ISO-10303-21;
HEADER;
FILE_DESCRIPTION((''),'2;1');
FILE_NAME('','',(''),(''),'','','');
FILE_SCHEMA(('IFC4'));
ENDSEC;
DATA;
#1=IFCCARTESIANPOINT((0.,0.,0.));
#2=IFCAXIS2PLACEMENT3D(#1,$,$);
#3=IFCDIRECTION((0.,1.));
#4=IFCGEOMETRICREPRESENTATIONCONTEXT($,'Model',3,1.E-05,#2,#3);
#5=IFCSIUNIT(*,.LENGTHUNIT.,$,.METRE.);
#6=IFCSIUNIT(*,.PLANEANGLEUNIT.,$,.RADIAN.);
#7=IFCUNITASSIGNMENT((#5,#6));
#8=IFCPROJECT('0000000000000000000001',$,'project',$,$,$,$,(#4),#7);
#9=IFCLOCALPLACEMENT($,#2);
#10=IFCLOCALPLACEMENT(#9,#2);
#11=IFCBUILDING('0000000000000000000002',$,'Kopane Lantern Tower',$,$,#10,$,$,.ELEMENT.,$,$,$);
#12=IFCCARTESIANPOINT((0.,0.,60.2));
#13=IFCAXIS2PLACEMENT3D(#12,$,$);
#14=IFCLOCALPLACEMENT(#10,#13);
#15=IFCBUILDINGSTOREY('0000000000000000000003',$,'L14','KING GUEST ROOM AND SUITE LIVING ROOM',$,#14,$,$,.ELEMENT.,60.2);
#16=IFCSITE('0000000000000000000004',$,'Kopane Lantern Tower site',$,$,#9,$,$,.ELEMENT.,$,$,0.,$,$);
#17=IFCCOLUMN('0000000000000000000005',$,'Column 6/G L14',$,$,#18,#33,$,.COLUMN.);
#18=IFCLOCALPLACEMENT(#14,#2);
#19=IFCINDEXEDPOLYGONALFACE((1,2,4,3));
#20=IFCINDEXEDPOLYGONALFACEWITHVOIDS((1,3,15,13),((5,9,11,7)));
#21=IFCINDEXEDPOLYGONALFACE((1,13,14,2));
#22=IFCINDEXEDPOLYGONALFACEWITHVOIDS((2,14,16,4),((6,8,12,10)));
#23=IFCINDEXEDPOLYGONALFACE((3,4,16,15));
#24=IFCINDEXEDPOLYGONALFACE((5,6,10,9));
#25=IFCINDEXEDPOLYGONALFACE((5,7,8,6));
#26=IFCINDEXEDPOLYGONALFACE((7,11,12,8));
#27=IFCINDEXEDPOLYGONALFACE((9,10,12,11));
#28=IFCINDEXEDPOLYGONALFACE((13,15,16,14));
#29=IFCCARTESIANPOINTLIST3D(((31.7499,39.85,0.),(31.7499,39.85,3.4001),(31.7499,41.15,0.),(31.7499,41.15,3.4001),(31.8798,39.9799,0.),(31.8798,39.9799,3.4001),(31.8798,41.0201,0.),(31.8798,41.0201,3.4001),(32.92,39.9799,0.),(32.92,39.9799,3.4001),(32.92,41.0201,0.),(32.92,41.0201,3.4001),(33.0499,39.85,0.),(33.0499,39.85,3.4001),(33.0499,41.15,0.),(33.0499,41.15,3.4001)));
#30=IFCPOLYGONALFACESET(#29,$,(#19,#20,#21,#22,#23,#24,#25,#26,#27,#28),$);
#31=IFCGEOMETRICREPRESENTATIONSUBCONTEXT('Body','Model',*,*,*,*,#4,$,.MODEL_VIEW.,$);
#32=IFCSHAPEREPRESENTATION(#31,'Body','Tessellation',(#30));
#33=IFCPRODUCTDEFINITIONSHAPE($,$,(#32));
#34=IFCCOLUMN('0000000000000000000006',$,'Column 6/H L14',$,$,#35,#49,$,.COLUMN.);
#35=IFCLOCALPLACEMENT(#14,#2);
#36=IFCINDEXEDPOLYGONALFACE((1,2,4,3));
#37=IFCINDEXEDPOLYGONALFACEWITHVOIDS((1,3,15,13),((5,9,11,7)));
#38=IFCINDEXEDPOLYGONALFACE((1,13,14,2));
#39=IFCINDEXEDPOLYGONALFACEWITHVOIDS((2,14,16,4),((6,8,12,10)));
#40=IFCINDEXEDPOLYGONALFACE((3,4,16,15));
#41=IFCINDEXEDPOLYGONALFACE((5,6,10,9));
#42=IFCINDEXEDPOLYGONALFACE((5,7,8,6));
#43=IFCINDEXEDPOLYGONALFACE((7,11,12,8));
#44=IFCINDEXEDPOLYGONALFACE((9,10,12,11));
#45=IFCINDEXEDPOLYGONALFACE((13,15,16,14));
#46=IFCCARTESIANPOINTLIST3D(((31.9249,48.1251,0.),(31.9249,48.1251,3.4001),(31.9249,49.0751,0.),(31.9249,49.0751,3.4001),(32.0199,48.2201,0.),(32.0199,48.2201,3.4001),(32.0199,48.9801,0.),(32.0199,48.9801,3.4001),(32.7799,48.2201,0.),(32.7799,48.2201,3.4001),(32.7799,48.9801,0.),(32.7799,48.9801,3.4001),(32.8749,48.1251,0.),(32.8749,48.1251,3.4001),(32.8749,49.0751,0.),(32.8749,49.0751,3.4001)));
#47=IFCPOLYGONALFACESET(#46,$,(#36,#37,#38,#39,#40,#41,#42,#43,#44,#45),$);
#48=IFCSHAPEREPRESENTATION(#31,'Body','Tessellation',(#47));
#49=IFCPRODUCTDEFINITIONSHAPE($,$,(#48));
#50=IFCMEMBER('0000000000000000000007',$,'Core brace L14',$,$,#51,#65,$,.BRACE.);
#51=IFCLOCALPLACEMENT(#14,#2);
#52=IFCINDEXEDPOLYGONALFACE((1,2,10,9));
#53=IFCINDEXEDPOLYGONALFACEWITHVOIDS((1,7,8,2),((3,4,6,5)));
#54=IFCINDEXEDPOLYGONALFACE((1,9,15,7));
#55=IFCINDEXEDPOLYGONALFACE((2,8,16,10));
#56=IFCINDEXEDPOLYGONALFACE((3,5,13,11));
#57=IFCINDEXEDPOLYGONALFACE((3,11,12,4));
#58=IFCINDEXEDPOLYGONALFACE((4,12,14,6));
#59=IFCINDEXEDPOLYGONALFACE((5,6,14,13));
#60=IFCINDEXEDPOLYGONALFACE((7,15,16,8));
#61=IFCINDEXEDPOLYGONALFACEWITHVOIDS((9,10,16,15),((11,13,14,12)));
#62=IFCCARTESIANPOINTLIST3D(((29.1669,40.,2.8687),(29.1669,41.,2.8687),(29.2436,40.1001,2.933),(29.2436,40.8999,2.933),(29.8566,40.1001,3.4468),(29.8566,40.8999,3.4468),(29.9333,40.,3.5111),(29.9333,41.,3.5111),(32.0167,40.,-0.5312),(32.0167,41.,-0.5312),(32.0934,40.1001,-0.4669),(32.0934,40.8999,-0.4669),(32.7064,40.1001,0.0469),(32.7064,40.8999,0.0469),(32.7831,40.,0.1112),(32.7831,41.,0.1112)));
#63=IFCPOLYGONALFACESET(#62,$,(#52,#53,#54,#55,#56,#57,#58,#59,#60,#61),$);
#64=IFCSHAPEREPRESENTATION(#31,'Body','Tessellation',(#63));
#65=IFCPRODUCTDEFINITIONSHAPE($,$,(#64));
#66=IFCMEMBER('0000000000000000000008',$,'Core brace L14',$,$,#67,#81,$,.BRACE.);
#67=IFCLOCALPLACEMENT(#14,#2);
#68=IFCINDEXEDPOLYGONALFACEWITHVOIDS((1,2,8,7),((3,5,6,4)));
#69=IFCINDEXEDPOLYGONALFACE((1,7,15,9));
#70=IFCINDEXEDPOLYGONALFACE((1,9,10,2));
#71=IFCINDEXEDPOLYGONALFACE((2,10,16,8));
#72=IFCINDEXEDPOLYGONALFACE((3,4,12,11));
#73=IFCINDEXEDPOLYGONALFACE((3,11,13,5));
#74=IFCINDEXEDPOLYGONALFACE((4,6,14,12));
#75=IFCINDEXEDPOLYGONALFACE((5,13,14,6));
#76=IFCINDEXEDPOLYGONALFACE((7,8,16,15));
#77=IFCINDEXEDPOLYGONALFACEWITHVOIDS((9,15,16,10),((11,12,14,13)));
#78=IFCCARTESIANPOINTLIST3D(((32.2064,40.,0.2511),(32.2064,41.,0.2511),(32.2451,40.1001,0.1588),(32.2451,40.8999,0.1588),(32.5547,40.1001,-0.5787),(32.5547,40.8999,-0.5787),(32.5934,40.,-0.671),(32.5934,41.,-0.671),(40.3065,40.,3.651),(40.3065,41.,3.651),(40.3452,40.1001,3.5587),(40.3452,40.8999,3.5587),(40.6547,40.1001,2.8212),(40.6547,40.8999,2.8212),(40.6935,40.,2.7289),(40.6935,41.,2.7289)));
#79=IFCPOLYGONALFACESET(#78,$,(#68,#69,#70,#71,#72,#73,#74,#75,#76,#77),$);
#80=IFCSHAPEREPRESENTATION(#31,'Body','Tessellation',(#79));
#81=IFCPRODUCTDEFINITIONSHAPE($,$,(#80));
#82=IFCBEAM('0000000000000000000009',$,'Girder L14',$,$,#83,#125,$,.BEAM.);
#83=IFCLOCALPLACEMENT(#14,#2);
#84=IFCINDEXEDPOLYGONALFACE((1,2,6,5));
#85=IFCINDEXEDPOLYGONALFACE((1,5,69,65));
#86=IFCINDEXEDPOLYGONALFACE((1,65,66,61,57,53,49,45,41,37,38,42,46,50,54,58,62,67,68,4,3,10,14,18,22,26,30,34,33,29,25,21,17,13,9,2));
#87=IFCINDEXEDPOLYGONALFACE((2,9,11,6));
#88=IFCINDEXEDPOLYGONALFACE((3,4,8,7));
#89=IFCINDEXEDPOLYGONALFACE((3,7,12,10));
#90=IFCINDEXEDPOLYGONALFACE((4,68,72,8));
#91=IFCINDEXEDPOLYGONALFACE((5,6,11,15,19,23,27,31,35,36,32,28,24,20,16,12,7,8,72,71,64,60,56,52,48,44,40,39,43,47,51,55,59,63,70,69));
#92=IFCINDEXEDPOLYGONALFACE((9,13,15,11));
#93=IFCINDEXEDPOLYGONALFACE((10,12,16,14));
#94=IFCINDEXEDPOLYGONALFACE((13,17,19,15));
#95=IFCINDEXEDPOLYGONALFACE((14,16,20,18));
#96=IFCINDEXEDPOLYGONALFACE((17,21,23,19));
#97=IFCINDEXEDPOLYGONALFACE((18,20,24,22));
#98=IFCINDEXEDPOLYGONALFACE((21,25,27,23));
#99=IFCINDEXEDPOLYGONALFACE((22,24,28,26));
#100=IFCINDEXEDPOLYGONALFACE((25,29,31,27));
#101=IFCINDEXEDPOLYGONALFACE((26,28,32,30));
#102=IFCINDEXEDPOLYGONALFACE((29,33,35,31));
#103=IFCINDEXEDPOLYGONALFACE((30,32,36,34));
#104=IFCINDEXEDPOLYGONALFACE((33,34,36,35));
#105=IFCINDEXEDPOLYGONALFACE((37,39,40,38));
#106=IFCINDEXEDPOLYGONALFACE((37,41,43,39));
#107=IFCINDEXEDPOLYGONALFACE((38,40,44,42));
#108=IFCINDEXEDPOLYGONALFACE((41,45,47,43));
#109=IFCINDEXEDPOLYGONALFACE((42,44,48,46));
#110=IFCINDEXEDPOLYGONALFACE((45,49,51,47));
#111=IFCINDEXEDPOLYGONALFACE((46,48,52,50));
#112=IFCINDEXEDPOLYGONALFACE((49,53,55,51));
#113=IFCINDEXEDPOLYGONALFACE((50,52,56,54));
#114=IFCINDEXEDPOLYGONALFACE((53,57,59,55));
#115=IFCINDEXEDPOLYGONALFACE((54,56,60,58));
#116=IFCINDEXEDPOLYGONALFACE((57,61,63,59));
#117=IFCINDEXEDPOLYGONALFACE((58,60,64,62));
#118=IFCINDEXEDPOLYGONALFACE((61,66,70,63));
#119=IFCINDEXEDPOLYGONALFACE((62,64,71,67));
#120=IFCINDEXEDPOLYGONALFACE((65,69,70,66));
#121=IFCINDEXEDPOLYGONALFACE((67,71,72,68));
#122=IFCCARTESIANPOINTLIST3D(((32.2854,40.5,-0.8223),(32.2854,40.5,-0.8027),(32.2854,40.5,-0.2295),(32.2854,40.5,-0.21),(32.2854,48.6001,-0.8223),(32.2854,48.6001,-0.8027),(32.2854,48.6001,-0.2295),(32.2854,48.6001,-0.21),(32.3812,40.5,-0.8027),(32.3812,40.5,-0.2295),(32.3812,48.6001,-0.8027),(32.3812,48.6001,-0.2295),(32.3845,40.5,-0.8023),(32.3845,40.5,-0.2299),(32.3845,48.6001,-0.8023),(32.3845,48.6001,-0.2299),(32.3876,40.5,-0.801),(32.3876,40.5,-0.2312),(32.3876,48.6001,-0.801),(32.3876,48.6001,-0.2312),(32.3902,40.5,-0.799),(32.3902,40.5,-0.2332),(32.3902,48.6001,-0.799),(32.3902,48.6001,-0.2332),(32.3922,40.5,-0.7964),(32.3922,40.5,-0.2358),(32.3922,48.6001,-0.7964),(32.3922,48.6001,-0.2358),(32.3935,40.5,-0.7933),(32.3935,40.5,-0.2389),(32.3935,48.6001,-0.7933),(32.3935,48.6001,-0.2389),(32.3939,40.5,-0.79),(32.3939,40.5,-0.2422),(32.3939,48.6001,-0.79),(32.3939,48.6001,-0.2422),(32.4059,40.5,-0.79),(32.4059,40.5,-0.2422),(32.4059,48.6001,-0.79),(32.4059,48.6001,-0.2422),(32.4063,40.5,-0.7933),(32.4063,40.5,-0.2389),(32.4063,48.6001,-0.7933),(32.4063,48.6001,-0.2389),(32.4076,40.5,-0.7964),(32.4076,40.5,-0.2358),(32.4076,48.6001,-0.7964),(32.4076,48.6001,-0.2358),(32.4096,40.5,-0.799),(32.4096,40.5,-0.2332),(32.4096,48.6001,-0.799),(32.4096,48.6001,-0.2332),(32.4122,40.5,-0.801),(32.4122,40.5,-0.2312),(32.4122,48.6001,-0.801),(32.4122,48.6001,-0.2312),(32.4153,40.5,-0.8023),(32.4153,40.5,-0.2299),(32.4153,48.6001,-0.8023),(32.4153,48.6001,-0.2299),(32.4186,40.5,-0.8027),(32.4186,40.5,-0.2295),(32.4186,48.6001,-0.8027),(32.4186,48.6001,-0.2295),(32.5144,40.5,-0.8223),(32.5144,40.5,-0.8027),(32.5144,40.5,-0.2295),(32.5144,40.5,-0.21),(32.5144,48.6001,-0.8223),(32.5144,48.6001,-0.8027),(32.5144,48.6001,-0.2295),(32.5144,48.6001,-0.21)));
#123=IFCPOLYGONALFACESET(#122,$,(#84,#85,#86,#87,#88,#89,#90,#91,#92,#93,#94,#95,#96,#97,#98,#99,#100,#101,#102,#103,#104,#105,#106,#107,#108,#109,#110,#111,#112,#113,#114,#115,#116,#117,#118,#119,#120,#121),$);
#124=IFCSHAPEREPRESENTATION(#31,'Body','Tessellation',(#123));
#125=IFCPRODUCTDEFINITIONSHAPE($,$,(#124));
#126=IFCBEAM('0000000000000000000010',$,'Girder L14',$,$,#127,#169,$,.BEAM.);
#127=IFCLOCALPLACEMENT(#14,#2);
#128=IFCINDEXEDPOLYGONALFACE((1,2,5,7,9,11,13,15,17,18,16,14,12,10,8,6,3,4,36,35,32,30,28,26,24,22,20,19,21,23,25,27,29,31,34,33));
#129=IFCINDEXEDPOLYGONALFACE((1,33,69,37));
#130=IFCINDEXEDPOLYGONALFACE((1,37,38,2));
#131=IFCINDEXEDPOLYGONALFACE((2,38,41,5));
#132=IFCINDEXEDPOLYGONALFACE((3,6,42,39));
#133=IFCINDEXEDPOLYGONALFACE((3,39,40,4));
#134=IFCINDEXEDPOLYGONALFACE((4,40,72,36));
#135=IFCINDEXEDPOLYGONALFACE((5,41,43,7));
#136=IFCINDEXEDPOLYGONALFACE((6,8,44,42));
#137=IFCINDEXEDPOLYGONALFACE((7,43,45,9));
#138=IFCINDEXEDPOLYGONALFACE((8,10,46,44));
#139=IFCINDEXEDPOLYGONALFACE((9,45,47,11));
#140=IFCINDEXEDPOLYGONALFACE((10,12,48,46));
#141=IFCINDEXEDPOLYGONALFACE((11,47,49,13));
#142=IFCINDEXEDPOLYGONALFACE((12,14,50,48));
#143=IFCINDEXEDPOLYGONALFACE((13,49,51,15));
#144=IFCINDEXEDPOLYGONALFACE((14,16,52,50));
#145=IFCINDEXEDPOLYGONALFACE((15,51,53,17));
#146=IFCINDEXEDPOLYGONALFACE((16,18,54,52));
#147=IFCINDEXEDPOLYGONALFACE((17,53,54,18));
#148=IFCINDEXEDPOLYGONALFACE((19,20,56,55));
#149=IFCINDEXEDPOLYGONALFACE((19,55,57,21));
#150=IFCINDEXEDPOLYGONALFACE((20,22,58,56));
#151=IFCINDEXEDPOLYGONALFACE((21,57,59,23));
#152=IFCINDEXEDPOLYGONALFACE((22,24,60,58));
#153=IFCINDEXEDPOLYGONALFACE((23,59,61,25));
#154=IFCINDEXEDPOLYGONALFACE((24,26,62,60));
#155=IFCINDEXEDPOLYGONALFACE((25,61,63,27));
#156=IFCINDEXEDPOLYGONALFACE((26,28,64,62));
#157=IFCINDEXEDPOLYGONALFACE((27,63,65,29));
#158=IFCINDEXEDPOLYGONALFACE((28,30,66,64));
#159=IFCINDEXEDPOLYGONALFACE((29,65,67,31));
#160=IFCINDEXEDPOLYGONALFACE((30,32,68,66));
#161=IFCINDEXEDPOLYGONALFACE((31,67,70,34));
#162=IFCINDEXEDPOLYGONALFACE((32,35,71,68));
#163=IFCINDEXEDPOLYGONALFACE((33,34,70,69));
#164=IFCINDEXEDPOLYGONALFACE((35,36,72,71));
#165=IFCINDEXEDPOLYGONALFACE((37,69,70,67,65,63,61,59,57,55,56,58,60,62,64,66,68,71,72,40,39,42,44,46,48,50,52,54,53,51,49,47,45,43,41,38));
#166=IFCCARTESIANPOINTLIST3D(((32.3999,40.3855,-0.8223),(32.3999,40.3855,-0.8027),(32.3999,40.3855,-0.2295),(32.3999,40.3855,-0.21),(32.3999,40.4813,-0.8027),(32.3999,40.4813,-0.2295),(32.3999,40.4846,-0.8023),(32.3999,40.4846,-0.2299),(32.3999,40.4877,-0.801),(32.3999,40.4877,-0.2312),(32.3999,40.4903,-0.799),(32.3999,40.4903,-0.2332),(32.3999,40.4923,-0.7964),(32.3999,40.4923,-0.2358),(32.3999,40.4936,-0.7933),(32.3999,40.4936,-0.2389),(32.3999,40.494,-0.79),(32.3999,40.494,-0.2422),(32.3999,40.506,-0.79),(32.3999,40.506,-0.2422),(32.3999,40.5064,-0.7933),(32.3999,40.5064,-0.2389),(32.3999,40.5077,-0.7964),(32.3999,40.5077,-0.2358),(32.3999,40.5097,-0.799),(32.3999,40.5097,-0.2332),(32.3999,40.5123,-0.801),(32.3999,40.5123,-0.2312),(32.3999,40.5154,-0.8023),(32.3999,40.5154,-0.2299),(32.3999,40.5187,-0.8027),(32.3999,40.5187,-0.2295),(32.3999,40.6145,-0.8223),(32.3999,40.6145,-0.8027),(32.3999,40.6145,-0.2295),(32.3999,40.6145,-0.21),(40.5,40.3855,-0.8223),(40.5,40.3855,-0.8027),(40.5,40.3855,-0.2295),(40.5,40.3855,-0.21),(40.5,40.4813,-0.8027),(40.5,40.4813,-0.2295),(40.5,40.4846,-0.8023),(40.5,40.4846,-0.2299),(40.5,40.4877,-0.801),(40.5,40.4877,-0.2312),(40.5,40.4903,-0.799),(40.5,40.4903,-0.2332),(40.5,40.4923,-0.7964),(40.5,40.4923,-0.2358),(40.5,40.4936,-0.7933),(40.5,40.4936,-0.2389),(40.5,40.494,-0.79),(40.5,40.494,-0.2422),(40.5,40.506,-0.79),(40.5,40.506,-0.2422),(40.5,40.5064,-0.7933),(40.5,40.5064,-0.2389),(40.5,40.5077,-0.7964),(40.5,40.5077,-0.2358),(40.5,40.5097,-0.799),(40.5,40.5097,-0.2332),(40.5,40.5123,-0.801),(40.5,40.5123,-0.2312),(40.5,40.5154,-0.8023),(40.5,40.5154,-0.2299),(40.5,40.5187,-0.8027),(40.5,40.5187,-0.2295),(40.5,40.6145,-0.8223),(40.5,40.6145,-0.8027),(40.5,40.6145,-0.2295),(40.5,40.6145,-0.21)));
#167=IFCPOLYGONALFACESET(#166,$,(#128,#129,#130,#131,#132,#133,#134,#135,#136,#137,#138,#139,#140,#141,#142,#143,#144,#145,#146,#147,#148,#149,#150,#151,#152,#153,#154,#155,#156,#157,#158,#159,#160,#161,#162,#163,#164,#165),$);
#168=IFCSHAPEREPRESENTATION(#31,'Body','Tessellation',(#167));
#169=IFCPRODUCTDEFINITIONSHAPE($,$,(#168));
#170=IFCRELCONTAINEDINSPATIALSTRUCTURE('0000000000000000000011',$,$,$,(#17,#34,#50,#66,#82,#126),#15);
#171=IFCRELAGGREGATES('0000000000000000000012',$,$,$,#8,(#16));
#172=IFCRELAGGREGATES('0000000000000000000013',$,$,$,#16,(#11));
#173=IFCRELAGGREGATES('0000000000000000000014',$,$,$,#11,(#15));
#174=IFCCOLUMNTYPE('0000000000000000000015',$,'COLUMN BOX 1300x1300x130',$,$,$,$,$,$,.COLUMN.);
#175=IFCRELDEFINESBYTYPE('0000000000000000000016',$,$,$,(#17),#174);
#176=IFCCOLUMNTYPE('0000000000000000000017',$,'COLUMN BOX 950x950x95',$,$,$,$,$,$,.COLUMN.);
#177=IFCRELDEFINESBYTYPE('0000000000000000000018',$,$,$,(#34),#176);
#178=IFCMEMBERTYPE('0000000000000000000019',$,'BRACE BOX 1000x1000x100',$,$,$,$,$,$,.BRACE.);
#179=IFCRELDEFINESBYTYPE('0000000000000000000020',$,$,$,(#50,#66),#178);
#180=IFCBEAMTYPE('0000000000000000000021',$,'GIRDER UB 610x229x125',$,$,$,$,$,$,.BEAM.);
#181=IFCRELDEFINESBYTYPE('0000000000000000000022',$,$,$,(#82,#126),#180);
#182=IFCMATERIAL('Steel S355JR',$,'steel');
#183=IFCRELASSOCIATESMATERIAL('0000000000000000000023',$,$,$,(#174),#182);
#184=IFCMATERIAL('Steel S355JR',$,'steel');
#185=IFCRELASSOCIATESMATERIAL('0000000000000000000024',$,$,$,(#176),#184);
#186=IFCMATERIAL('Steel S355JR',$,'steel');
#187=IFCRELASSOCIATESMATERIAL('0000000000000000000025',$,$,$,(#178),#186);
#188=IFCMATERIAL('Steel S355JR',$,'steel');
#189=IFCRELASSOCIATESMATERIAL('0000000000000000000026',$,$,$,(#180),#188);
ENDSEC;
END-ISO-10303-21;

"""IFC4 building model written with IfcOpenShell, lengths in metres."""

from ifc_helpers import new_model, si_unit, direction, frame, origin, origin_2d, place, context, subcontext, project, spatial, hollow_rectangle, i_section, extrude, material, material_profile, profile_set, type_object, element, save


model = new_model("IFC4")

# Units and contexts
model_context = context("Model", 3, precision=1e-05, world=origin(), true_north=direction((0.0, 1.0)))
body_context = subcontext(model_context, "Body", "Model", "MODEL_VIEW")
ifc_project = project(units=[si_unit("LENGTHUNIT", "METRE"), si_unit("PLANEANGLEUNIT", "RADIAN")], contexts=[model_context])

# Site, building, storey
site_placement = place(None, origin())
site = spatial("IfcSite", under=ifc_project, at=site_placement, Name="Kopane Lantern Tower site", CompositionType="ELEMENT", RefElevation=0.0)
building_placement = place(site_placement, origin())
building = spatial("IfcBuilding", under=site, at=building_placement, Name="Kopane Lantern Tower", CompositionType="ELEMENT")
storey_placement = place(building_placement, frame((0.0, 0.0, 60.2)))
storey = spatial("IfcBuildingStorey", under=building, at=storey_placement, Name="L14", Description="KING GUEST ROOM AND SUITE LIVING ROOM", CompositionType="ELEMENT", Elevation=60.2)

# Columns
ifc_material_1 = material(Name="Steel S355JR", Category="steel")
ifc_material_profile_1 = material_profile(ifc_material_1, hollow_rectangle(XDim=1.3, YDim=1.3, WallThickness=0.1299, at=origin_2d()), Name="BOX 1300x1300x130")
ifc_profile_set_1 = profile_set([ifc_material_profile_1], Name="Steel S355JR")
column_type_1 = type_object("IfcColumnType", Name="COLUMN BOX 1300x1300x130", PredefinedType="COLUMN", material=ifc_profile_set_1)
column_1_placement = place(storey_placement, frame((32.3999, 40.5, 0.0), z_axis=(0.0, 0.0, 1.0), x_axis=(1.0, 0.0, 0.0)))
element("IfcColumn", 1, at=column_1_placement, inside=storey, type_object=column_type_1, Name="Column 6/G L14", PredefinedType="COLUMN", context=body_context, shape_type="SweptSolid", body=[
    extrude(hollow_rectangle(XDim=1.3, YDim=1.3, WallThickness=0.1299, at=origin_2d()), origin(), (0.0, 0.0, 1.0), 3.4001),
])
ifc_material_2 = material(Name="Steel S355JR", Category="steel")
ifc_material_profile_2 = material_profile(ifc_material_2, hollow_rectangle(XDim=0.95, YDim=0.95, WallThickness=0.095, at=origin_2d()), Name="BOX 950x950x95")
ifc_profile_set_2 = profile_set([ifc_material_profile_2], Name="Steel S355JR")
column_type_2 = type_object("IfcColumnType", Name="COLUMN BOX 950x950x95", PredefinedType="COLUMN", material=ifc_profile_set_2)
column_2_placement = place(storey_placement, frame((32.3999, 48.6001, 0.0), z_axis=(0.0, 0.0, 1.0), x_axis=(1.0, 0.0, 0.0)))
element("IfcColumn", 2, at=column_2_placement, inside=storey, type_object=column_type_2, Name="Column 6/H L14", PredefinedType="COLUMN", context=body_context, shape_type="SweptSolid", body=[
    extrude(hollow_rectangle(XDim=0.95, YDim=0.95, WallThickness=0.095, at=origin_2d()), origin(), (0.0, 0.0, 1.0), 3.4001),
])

# Members
ifc_material_3 = material(Name="Steel S355JR", Category="steel")
ifc_material_profile_3 = material_profile(ifc_material_3, hollow_rectangle(XDim=1.0, YDim=1.0, WallThickness=0.1001, at=origin_2d()), Name="BOX 1000x1000x100")
ifc_profile_set_3 = profile_set([ifc_material_profile_3], Name="Steel S355JR")
member_type = type_object("IfcMemberType", Name="BRACE BOX 1000x1000x100", PredefinedType="BRACE", material=ifc_profile_set_3)
member_1_placement = place(storey_placement, frame((32.3999, 40.5, -0.21), z_axis=(-0.64239, 0.0, 0.766378), x_axis=(0.0, -1.0, 0.0)))
element("IfcMember", 3, at=member_1_placement, inside=storey, type_object=member_type, Name="Core brace L14", PredefinedType="BRACE", context=body_context, shape_type="SweptSolid", body=[
    extrude(hollow_rectangle(XDim=1.0, YDim=1.0, WallThickness=0.1001, at=origin_2d()), origin(), (0.0, 0.0, 1.0), 4.4363),
])
member_2_placement = place(storey_placement, frame((32.3999, 40.5, -0.21), z_axis=(0.922069, 0.0, 0.387026), x_axis=(0.0, 1.0, 0.0)))
element("IfcMember", 4, at=member_2_placement, inside=storey, type_object=member_type, Name="Core brace L14", PredefinedType="BRACE", context=body_context, shape_type="SweptSolid", body=[
    extrude(hollow_rectangle(XDim=1.0, YDim=1.0, WallThickness=0.1001, at=origin_2d()), origin(), (0.0, 0.0, 1.0), 8.7847),
])

# Beams
ifc_material_4 = material(Name="Steel S355JR", Category="steel")
ifc_material_profile_4 = material_profile(ifc_material_4, i_section(OverallWidth=0.229, OverallDepth=0.6123, WebThickness=0.012, FlangeThickness=0.0195, FilletRadius=0.0127, at=origin_2d()), Name="UB 610x229x125")
ifc_profile_set_4 = profile_set([ifc_material_profile_4], Name="Steel S355JR")
beam_type = type_object("IfcBeamType", Name="GIRDER UB 610x229x125", PredefinedType="BEAM", material=ifc_profile_set_4)
for number, where, z_axis, x_axis, name in (
    (5, (32.3999, 40.5, -0.5161), (0.0, 1.0, 0.0), (-1.0, 0.0, 0.0), "Girder L14"),
    (6, (32.3999, 40.5, -0.5161), (1.0, 0.0, 0.0), (0.0, 1.0, 0.0), "Girder L14"),
):
    element("IfcBeam", number, at=place(storey_placement, frame(where, z_axis=z_axis, x_axis=x_axis)), inside=storey, type_object=beam_type, Name=name, PredefinedType="BEAM", context=body_context, shape_type="SweptSolid", body=[
        extrude(i_section(OverallWidth=0.229, OverallDepth=0.6123, WebThickness=0.012, FlangeThickness=0.0195, FilletRadius=0.0127, at=origin_2d()), origin(), (0.0, 0.0, 1.0), 8.1001),
    ])

save(model, "model.ifc")
